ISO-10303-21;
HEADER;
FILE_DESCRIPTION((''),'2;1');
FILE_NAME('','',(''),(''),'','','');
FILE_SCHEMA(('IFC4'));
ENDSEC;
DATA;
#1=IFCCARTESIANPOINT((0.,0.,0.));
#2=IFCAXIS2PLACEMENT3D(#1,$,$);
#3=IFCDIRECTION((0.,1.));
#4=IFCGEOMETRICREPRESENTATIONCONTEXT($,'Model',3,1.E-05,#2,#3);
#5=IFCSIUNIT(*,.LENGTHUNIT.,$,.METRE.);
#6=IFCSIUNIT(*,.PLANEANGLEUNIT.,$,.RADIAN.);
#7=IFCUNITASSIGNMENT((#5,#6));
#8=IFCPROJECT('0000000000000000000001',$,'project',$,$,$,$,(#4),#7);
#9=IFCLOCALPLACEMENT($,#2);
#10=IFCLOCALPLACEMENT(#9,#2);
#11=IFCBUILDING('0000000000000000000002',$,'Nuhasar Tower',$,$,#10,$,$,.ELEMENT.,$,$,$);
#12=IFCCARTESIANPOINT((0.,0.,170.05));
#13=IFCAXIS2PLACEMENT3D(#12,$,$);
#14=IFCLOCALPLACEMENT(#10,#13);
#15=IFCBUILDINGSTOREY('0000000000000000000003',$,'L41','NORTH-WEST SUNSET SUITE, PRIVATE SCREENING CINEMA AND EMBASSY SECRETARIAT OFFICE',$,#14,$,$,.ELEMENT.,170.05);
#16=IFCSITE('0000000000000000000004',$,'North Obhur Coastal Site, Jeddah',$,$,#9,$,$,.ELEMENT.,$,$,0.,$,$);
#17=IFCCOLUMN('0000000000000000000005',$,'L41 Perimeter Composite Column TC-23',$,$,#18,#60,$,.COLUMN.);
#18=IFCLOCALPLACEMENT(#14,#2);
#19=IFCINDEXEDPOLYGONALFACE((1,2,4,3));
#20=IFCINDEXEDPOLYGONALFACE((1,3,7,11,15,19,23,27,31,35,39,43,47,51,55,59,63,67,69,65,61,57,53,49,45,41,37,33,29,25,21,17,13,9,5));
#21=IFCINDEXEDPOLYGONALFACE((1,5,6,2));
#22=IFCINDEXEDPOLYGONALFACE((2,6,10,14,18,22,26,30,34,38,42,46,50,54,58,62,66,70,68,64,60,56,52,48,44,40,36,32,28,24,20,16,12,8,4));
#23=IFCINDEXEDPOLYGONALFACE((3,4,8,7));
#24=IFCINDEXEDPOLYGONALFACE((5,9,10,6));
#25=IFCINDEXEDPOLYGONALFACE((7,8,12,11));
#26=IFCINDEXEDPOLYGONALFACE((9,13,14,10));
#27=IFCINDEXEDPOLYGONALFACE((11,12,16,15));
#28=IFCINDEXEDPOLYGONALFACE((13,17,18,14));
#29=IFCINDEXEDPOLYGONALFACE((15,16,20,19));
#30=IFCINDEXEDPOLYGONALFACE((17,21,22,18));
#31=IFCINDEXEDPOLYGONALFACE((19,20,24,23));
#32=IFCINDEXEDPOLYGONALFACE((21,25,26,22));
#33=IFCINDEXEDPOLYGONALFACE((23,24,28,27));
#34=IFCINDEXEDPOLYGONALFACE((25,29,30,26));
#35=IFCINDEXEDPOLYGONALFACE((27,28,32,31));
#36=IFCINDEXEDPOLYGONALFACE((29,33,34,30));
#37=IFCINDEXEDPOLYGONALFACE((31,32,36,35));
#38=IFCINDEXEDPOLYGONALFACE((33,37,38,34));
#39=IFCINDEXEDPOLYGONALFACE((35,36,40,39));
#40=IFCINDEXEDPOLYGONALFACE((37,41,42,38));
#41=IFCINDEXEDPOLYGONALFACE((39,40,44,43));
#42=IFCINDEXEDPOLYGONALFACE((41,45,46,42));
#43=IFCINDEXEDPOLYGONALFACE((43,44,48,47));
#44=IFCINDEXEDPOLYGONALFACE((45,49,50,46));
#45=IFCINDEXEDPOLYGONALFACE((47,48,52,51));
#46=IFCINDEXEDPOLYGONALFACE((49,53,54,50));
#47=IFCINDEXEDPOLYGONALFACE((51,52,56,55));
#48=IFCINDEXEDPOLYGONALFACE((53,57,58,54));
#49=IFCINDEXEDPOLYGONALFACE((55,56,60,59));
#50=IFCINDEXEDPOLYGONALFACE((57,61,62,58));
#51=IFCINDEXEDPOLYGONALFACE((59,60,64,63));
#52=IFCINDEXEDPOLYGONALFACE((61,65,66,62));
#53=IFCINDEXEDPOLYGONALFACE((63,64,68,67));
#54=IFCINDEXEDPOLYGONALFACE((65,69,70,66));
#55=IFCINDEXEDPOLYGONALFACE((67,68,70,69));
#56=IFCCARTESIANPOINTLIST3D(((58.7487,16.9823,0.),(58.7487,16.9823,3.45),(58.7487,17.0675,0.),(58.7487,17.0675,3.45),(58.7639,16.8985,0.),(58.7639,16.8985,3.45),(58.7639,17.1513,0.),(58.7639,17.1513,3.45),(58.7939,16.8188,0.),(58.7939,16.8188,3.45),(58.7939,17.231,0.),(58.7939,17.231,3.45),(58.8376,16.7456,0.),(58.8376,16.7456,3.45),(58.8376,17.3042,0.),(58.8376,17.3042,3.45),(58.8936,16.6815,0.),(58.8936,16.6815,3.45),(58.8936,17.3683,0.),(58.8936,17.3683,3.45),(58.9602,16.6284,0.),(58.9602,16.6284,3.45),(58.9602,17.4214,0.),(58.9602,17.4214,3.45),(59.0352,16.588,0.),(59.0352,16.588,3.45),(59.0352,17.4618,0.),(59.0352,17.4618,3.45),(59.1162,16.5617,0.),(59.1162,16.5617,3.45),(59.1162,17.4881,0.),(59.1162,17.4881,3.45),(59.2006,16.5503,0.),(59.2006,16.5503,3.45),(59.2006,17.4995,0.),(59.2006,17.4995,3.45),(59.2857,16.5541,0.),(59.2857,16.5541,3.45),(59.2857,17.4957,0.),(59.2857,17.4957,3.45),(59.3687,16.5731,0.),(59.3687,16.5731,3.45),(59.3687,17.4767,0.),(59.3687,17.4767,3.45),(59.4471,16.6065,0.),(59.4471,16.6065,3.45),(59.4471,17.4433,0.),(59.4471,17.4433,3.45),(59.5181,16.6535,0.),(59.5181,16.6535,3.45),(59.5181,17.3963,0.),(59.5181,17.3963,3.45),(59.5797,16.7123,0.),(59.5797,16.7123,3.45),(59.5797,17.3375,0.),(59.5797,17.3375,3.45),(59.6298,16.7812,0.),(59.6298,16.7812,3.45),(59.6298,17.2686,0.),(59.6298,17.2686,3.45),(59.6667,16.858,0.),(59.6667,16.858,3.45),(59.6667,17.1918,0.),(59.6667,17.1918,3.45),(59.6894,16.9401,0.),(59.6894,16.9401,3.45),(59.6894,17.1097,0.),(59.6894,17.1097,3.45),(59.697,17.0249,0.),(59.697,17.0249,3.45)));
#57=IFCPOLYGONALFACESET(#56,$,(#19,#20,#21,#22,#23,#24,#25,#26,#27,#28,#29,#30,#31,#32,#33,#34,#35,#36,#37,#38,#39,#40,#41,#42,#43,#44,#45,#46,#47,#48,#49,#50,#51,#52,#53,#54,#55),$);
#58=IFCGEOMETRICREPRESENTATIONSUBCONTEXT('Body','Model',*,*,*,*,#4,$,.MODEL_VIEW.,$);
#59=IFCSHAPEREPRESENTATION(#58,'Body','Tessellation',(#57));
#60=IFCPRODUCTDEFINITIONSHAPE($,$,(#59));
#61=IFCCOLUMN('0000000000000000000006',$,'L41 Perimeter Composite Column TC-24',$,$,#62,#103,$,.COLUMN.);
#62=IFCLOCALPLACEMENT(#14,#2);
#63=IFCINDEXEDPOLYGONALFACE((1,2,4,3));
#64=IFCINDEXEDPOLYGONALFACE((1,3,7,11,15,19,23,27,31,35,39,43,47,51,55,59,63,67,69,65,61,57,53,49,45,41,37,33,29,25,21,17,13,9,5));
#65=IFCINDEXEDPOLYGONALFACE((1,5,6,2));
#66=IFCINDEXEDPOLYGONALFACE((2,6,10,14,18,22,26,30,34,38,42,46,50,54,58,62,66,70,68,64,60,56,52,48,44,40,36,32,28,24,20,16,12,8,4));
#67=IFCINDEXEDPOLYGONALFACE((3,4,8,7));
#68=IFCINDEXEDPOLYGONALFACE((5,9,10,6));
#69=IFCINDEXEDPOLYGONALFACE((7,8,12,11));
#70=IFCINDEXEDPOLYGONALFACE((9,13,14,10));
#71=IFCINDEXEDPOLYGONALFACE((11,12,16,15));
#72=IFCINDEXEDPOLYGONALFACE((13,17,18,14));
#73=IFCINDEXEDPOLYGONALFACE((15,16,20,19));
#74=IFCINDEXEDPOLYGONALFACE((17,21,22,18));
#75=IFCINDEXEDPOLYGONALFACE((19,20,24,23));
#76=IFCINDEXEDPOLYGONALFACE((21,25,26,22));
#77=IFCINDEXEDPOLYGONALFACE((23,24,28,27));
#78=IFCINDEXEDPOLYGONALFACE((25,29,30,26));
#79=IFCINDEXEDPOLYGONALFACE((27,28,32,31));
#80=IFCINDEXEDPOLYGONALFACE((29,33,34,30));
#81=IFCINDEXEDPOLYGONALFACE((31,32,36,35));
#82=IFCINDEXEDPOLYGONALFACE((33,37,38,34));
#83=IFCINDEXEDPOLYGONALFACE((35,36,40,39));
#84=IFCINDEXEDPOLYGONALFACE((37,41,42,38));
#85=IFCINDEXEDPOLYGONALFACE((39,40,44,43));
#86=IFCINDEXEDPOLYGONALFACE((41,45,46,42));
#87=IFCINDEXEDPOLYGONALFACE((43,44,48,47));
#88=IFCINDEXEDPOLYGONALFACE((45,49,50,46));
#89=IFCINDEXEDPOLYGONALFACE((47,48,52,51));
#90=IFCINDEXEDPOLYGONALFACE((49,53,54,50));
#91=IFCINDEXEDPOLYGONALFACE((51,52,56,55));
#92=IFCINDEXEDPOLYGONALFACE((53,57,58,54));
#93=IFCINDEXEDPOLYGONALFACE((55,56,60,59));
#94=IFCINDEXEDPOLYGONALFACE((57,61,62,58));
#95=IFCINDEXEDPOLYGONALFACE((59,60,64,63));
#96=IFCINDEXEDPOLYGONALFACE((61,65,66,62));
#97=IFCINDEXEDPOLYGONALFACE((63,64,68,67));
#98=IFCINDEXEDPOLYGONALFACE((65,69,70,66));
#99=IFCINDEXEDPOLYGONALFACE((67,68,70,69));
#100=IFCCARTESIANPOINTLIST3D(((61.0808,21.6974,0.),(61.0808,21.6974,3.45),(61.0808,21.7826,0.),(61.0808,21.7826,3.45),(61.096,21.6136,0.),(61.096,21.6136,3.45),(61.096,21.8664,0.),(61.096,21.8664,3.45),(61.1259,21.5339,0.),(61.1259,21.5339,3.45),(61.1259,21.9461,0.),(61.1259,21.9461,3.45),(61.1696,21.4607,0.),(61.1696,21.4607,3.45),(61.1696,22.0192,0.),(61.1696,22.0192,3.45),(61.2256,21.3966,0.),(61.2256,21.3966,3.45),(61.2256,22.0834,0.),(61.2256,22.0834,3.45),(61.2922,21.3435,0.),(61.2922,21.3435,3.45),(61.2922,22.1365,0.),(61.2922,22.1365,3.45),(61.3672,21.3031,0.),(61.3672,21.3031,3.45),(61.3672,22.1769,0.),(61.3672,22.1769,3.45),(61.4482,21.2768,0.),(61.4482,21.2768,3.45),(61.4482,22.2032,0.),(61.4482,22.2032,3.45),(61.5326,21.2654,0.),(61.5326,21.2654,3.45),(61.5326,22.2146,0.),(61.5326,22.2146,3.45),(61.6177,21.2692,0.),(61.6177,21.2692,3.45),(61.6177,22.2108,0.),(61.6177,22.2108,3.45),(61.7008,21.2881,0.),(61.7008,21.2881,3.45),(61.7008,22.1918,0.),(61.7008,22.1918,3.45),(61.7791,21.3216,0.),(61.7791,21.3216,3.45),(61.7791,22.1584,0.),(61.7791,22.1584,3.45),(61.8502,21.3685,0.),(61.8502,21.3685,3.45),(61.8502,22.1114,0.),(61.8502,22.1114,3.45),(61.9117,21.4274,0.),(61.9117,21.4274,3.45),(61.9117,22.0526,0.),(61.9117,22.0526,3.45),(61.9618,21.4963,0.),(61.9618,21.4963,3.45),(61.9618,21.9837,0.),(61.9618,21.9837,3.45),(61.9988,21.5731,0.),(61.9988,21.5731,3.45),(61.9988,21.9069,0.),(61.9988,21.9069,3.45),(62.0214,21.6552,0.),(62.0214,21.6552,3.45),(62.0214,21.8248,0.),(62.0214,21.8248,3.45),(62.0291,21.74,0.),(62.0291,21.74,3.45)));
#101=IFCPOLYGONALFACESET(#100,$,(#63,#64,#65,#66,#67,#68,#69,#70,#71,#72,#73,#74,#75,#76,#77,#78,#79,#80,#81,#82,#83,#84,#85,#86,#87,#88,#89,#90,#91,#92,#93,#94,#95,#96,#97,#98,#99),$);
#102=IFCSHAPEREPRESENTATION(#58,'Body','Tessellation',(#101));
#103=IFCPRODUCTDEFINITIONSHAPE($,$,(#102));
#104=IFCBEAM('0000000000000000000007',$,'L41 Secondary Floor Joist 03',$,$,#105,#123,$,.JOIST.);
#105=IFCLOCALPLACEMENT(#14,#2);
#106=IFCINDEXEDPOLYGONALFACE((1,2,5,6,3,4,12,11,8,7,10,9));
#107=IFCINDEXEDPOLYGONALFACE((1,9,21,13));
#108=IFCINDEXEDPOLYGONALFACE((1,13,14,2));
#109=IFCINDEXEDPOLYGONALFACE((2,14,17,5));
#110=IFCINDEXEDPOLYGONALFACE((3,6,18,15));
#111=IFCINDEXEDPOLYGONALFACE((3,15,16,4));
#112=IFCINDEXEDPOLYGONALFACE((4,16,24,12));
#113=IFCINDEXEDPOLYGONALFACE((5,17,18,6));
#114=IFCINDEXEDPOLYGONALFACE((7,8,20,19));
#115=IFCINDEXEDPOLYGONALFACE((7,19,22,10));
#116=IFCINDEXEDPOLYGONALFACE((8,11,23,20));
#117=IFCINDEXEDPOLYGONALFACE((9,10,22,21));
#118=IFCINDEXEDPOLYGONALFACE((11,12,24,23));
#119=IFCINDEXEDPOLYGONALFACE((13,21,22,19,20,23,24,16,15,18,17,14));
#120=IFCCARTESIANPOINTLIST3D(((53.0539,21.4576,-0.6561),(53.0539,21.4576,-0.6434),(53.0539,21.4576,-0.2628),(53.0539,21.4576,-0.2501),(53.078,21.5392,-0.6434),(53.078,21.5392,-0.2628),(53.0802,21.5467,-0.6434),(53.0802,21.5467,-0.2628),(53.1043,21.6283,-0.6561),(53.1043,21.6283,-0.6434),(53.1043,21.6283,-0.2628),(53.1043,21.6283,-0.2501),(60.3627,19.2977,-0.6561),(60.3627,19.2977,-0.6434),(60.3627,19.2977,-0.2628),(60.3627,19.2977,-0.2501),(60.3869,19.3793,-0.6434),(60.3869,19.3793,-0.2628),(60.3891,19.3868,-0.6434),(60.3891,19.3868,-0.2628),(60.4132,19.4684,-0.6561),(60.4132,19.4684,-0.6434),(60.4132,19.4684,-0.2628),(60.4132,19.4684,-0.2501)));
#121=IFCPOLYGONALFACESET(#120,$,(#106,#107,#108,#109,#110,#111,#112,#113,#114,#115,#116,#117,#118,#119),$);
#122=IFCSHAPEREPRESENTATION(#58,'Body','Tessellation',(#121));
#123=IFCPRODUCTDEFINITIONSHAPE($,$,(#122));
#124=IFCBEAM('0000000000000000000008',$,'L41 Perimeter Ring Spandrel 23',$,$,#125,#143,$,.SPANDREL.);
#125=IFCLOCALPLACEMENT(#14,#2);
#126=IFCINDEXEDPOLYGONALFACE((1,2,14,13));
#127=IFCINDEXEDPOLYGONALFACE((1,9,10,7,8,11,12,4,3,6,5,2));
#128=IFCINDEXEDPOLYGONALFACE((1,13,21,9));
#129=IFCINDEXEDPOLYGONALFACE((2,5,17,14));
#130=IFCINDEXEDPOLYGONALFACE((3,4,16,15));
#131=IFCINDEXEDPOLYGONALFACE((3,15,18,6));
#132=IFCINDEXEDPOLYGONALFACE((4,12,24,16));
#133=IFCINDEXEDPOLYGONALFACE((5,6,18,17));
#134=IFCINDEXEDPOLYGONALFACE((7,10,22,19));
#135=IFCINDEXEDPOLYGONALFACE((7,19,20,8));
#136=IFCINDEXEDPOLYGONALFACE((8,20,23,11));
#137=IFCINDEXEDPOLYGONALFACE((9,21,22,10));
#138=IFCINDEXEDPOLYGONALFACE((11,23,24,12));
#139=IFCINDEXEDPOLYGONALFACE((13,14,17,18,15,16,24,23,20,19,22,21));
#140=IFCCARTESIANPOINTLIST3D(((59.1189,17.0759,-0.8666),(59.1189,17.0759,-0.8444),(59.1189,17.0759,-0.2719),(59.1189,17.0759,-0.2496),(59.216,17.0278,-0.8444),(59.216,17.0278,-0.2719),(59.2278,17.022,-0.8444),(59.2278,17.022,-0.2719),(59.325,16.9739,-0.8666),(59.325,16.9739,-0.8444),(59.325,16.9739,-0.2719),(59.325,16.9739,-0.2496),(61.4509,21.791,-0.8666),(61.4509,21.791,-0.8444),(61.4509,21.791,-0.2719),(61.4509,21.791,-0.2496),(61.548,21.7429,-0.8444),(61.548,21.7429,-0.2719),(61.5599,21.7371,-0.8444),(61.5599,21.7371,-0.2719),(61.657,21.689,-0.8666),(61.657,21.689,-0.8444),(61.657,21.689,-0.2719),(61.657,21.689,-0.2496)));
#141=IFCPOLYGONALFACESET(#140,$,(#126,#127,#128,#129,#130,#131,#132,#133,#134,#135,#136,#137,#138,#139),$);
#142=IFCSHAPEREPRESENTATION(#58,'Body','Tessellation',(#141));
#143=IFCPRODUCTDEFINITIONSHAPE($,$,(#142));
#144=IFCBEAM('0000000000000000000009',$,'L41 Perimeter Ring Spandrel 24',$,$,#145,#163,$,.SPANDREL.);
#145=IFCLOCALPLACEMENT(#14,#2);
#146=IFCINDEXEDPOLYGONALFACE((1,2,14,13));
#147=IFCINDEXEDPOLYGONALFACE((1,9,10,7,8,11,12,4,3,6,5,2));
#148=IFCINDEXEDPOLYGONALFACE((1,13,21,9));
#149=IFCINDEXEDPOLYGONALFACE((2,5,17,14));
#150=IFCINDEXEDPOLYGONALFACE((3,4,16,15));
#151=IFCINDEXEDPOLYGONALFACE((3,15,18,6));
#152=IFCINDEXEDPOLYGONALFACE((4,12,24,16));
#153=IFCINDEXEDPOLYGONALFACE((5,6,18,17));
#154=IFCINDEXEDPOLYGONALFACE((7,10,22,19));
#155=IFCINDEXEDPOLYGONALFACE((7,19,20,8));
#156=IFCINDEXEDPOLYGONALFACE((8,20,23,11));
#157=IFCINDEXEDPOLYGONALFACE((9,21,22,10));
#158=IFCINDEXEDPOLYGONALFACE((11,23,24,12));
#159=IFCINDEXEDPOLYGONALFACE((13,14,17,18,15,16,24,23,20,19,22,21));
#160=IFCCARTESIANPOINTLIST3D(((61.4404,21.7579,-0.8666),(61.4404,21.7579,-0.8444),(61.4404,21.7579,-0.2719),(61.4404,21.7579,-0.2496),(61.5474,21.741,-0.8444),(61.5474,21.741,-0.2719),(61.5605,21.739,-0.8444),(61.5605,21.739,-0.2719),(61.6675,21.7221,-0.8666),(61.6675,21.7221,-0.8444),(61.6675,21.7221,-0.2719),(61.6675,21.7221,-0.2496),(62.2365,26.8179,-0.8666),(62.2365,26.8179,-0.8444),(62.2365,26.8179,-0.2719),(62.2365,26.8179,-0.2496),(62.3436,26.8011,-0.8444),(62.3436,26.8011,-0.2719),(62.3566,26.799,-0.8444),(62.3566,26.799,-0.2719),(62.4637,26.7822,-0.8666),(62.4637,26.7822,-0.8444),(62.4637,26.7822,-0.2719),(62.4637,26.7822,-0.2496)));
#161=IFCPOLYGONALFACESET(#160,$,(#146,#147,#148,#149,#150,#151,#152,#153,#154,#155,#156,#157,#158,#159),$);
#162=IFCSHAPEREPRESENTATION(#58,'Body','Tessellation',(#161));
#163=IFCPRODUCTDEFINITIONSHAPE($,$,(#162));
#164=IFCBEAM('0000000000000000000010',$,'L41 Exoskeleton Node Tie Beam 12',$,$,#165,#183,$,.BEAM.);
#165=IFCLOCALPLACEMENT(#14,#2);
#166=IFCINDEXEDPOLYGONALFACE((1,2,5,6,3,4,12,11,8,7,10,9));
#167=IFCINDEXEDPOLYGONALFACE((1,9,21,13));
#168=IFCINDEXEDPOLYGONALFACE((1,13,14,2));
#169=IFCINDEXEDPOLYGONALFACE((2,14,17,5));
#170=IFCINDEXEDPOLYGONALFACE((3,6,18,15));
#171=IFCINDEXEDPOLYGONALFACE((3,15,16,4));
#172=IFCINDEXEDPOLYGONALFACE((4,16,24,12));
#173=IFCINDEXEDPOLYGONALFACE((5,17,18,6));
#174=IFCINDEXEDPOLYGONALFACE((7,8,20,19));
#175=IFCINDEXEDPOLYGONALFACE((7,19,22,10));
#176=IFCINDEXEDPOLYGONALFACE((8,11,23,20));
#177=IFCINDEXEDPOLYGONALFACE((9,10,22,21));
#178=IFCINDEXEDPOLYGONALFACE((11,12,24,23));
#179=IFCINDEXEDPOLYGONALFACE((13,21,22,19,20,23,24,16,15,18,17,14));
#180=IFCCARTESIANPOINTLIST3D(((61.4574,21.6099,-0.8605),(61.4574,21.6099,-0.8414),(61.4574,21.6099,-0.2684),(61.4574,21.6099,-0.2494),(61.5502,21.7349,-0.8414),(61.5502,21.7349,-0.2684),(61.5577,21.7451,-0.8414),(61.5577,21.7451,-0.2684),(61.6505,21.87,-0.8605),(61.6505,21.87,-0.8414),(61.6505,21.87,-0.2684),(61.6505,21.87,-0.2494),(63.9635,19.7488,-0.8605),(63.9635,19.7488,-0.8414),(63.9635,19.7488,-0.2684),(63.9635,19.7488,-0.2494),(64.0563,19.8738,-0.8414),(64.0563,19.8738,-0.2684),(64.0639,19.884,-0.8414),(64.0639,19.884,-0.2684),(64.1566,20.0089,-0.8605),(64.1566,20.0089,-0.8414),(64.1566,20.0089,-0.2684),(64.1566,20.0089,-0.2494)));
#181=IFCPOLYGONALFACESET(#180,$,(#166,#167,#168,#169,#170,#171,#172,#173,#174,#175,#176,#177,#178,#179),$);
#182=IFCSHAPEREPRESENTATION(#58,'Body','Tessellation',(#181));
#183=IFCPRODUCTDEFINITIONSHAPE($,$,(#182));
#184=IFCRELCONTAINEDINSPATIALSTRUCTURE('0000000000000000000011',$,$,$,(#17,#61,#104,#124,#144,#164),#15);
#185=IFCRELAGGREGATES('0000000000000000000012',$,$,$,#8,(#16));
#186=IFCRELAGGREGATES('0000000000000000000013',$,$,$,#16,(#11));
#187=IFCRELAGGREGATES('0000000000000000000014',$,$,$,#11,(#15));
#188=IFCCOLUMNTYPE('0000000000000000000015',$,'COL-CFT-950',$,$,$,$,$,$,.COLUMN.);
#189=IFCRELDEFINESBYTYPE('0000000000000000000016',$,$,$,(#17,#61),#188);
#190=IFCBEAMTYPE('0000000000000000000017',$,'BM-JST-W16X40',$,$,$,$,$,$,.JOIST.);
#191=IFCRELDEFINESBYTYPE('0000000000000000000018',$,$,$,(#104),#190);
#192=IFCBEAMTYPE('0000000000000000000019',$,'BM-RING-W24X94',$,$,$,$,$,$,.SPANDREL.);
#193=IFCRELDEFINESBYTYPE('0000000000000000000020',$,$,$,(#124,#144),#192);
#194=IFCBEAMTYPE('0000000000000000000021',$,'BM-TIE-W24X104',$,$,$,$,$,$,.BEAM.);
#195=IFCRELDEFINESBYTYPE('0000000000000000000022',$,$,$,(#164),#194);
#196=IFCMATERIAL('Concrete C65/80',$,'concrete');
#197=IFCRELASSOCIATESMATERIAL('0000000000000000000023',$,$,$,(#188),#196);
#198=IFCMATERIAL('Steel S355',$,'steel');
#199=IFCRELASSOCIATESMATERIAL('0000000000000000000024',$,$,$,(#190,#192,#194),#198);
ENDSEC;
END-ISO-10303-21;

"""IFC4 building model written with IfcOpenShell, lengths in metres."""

from ifc_helpers import new_model, si_unit, direction, frame, origin, origin_2d, place, context, subcontext, project, spatial, circle, i_section, extrude, material, material_profile, profile_set, type_object, element, save


model = new_model("IFC4")

# Units and contexts
model_context = context("Model", 3, precision=1e-05, world=origin(), true_north=direction((0.0, 1.0)))
body_context = subcontext(model_context, "Body", "Model", "MODEL_VIEW")
ifc_project = project(units=[si_unit("LENGTHUNIT", "METRE"), si_unit("PLANEANGLEUNIT", "RADIAN")], contexts=[model_context])

# Site, building, storey
site_placement = place(None, origin())
site = spatial("IfcSite", under=ifc_project, at=site_placement, Name="North Obhur Coastal Site, Jeddah", CompositionType="ELEMENT", RefElevation=0.0)
building_placement = place(site_placement, origin())
building = spatial("IfcBuilding", under=site, at=building_placement, Name="Nuhasar Tower", CompositionType="ELEMENT")
storey_placement = place(building_placement, frame((0.0, 0.0, 170.05)))
storey = spatial("IfcBuildingStorey", under=building, at=storey_placement, Name="L41", Description="NORTH-WEST SUNSET SUITE, PRIVATE SCREENING CINEMA AND EMBASSY SECRETARIAT OFFICE", CompositionType="ELEMENT", Elevation=170.05)

# Columns
ifc_material_1 = material(Name="Concrete C65/80", Category="concrete")
ifc_material_profile_1 = material_profile(ifc_material_1, circle(Radius=0.4751, at=origin_2d()), Name="CFT950")
ifc_profile_set_1 = profile_set([ifc_material_profile_1], Name="Concrete C65/80")
column_type = type_object("IfcColumnType", Name="COL-CFT-950", PredefinedType="COLUMN", material=ifc_profile_set_1)
for number, where, z_axis, x_axis, name in (
    (1, (59.2219, 17.0249, 0.0), (0.0, 0.0, 1.0), (1.0, 0.0, 0.0), "L41 Perimeter Composite Column TC-23"),
    (2, (61.554, 21.74, 0.0), (0.0, 0.0, 1.0), (1.0, 0.0, 0.0), "L41 Perimeter Composite Column TC-24"),
):
    element("IfcColumn", number, at=place(storey_placement, frame(where, z_axis=z_axis, x_axis=x_axis)), inside=storey, type_object=column_type, Name=name, PredefinedType="COLUMN", context=body_context, shape_type="SweptSolid", body=[
        extrude(circle(Radius=0.4751, at=origin_2d()), origin(), (0.0, 0.0, 1.0), 3.45),
    ])

# Beams
ifc_material_2 = material(Name="Steel S355", Category="steel")
ifc_material_profile_2 = material_profile(ifc_material_2, i_section(OverallWidth=0.178, OverallDepth=0.406, WebThickness=0.0078, FlangeThickness=0.0127, at=origin_2d()), Name="W16X40")
ifc_profile_set_2 = profile_set([ifc_material_profile_2], Name="Steel S355")
beam_type_1 = type_object("IfcBeamType", Name="BM-JST-W16X40", PredefinedType="JOIST", material=ifc_profile_set_2)
beam_1_placement = place(storey_placement, frame((53.0791, 21.543, -0.4531), z_axis=(0.959, -0.283404, 0.0), x_axis=(0.283404, 0.959, 0.0)))
element("IfcBeam", 3, at=beam_1_placement, inside=storey, type_object=beam_type_1, Name="L41 Secondary Floor Joist 03", PredefinedType="JOIST", context=body_context, shape_type="SweptSolid", body=[
    extrude(i_section(OverallWidth=0.178, OverallDepth=0.406, WebThickness=0.0078, FlangeThickness=0.0127, at=origin_2d()), origin(), (0.0, 0.0, 1.0), 7.6213),
])
ifc_material_profile_3 = material_profile(ifc_material_2, i_section(OverallWidth=0.23, OverallDepth=0.6169, WebThickness=0.0132, FlangeThickness=0.0222, at=origin_2d()), Name="W24X94")
ifc_profile_set_3 = profile_set([ifc_material_profile_3], Name="Steel S355")
beam_type_2 = type_object("IfcBeamType", Name="BM-RING-W24X94", PredefinedType="SPANDREL", material=ifc_profile_set_3)
beam_2_placement = place(storey_placement, frame((59.2219, 17.0249, -0.5581), z_axis=(0.443329, 0.896359, 0.0), x_axis=(-0.896359, 0.443329, 0.0)))
element("IfcBeam", 4, at=beam_2_placement, inside=storey, type_object=beam_type_2, Name="L41 Perimeter Ring Spandrel 23", PredefinedType="SPANDREL", context=body_context, shape_type="SweptSolid", body=[
    extrude(i_section(OverallWidth=0.23, OverallDepth=0.6169, WebThickness=0.0132, FlangeThickness=0.0222, at=origin_2d()), origin(), (0.0, 0.0, 1.0), 5.2603),
])
beam_3_placement = place(storey_placement, frame((61.554, 21.74, -0.5581), z_axis=(0.155427, 0.987847, 0.0), x_axis=(-0.987847, 0.155427, 0.0)))
element("IfcBeam", 5, at=beam_3_placement, inside=storey, type_object=beam_type_2, Name="L41 Perimeter Ring Spandrel 24", PredefinedType="SPANDREL", context=body_context, shape_type="SweptSolid", body=[
    extrude(i_section(OverallWidth=0.23, OverallDepth=0.6169, WebThickness=0.0132, FlangeThickness=0.0222, at=origin_2d()), origin(), (0.0, 0.0, 1.0), 5.1223),
])
ifc_material_profile_4 = material_profile(ifc_material_2, i_section(OverallWidth=0.324, OverallDepth=0.6111, WebThickness=0.0127, FlangeThickness=0.019, at=origin_2d()), Name="W24X104")
ifc_profile_set_4 = profile_set([ifc_material_profile_4], Name="Steel S355")
beam_type_3 = type_object("IfcBeamType", Name="BM-TIE-W24X104", PredefinedType="BEAM", material=ifc_profile_set_4)
beam_4_placement = place(storey_placement, frame((61.554, 21.74, -0.5549), z_axis=(0.802835, -0.596202, 0.0), x_axis=(0.596202, 0.802835, 0.0)))
element("IfcBeam", 6, at=beam_4_placement, inside=storey, type_object=beam_type_3, Name="L41 Exoskeleton Node Tie Beam 12", PredefinedType="BEAM", context=body_context, shape_type="SweptSolid", body=[
    extrude(i_section(OverallWidth=0.324, OverallDepth=0.6111, WebThickness=0.0127, FlangeThickness=0.019, at=origin_2d()), origin(), (0.0, 0.0, 1.0), 3.1216),
])

save(model, "model.ifc")
